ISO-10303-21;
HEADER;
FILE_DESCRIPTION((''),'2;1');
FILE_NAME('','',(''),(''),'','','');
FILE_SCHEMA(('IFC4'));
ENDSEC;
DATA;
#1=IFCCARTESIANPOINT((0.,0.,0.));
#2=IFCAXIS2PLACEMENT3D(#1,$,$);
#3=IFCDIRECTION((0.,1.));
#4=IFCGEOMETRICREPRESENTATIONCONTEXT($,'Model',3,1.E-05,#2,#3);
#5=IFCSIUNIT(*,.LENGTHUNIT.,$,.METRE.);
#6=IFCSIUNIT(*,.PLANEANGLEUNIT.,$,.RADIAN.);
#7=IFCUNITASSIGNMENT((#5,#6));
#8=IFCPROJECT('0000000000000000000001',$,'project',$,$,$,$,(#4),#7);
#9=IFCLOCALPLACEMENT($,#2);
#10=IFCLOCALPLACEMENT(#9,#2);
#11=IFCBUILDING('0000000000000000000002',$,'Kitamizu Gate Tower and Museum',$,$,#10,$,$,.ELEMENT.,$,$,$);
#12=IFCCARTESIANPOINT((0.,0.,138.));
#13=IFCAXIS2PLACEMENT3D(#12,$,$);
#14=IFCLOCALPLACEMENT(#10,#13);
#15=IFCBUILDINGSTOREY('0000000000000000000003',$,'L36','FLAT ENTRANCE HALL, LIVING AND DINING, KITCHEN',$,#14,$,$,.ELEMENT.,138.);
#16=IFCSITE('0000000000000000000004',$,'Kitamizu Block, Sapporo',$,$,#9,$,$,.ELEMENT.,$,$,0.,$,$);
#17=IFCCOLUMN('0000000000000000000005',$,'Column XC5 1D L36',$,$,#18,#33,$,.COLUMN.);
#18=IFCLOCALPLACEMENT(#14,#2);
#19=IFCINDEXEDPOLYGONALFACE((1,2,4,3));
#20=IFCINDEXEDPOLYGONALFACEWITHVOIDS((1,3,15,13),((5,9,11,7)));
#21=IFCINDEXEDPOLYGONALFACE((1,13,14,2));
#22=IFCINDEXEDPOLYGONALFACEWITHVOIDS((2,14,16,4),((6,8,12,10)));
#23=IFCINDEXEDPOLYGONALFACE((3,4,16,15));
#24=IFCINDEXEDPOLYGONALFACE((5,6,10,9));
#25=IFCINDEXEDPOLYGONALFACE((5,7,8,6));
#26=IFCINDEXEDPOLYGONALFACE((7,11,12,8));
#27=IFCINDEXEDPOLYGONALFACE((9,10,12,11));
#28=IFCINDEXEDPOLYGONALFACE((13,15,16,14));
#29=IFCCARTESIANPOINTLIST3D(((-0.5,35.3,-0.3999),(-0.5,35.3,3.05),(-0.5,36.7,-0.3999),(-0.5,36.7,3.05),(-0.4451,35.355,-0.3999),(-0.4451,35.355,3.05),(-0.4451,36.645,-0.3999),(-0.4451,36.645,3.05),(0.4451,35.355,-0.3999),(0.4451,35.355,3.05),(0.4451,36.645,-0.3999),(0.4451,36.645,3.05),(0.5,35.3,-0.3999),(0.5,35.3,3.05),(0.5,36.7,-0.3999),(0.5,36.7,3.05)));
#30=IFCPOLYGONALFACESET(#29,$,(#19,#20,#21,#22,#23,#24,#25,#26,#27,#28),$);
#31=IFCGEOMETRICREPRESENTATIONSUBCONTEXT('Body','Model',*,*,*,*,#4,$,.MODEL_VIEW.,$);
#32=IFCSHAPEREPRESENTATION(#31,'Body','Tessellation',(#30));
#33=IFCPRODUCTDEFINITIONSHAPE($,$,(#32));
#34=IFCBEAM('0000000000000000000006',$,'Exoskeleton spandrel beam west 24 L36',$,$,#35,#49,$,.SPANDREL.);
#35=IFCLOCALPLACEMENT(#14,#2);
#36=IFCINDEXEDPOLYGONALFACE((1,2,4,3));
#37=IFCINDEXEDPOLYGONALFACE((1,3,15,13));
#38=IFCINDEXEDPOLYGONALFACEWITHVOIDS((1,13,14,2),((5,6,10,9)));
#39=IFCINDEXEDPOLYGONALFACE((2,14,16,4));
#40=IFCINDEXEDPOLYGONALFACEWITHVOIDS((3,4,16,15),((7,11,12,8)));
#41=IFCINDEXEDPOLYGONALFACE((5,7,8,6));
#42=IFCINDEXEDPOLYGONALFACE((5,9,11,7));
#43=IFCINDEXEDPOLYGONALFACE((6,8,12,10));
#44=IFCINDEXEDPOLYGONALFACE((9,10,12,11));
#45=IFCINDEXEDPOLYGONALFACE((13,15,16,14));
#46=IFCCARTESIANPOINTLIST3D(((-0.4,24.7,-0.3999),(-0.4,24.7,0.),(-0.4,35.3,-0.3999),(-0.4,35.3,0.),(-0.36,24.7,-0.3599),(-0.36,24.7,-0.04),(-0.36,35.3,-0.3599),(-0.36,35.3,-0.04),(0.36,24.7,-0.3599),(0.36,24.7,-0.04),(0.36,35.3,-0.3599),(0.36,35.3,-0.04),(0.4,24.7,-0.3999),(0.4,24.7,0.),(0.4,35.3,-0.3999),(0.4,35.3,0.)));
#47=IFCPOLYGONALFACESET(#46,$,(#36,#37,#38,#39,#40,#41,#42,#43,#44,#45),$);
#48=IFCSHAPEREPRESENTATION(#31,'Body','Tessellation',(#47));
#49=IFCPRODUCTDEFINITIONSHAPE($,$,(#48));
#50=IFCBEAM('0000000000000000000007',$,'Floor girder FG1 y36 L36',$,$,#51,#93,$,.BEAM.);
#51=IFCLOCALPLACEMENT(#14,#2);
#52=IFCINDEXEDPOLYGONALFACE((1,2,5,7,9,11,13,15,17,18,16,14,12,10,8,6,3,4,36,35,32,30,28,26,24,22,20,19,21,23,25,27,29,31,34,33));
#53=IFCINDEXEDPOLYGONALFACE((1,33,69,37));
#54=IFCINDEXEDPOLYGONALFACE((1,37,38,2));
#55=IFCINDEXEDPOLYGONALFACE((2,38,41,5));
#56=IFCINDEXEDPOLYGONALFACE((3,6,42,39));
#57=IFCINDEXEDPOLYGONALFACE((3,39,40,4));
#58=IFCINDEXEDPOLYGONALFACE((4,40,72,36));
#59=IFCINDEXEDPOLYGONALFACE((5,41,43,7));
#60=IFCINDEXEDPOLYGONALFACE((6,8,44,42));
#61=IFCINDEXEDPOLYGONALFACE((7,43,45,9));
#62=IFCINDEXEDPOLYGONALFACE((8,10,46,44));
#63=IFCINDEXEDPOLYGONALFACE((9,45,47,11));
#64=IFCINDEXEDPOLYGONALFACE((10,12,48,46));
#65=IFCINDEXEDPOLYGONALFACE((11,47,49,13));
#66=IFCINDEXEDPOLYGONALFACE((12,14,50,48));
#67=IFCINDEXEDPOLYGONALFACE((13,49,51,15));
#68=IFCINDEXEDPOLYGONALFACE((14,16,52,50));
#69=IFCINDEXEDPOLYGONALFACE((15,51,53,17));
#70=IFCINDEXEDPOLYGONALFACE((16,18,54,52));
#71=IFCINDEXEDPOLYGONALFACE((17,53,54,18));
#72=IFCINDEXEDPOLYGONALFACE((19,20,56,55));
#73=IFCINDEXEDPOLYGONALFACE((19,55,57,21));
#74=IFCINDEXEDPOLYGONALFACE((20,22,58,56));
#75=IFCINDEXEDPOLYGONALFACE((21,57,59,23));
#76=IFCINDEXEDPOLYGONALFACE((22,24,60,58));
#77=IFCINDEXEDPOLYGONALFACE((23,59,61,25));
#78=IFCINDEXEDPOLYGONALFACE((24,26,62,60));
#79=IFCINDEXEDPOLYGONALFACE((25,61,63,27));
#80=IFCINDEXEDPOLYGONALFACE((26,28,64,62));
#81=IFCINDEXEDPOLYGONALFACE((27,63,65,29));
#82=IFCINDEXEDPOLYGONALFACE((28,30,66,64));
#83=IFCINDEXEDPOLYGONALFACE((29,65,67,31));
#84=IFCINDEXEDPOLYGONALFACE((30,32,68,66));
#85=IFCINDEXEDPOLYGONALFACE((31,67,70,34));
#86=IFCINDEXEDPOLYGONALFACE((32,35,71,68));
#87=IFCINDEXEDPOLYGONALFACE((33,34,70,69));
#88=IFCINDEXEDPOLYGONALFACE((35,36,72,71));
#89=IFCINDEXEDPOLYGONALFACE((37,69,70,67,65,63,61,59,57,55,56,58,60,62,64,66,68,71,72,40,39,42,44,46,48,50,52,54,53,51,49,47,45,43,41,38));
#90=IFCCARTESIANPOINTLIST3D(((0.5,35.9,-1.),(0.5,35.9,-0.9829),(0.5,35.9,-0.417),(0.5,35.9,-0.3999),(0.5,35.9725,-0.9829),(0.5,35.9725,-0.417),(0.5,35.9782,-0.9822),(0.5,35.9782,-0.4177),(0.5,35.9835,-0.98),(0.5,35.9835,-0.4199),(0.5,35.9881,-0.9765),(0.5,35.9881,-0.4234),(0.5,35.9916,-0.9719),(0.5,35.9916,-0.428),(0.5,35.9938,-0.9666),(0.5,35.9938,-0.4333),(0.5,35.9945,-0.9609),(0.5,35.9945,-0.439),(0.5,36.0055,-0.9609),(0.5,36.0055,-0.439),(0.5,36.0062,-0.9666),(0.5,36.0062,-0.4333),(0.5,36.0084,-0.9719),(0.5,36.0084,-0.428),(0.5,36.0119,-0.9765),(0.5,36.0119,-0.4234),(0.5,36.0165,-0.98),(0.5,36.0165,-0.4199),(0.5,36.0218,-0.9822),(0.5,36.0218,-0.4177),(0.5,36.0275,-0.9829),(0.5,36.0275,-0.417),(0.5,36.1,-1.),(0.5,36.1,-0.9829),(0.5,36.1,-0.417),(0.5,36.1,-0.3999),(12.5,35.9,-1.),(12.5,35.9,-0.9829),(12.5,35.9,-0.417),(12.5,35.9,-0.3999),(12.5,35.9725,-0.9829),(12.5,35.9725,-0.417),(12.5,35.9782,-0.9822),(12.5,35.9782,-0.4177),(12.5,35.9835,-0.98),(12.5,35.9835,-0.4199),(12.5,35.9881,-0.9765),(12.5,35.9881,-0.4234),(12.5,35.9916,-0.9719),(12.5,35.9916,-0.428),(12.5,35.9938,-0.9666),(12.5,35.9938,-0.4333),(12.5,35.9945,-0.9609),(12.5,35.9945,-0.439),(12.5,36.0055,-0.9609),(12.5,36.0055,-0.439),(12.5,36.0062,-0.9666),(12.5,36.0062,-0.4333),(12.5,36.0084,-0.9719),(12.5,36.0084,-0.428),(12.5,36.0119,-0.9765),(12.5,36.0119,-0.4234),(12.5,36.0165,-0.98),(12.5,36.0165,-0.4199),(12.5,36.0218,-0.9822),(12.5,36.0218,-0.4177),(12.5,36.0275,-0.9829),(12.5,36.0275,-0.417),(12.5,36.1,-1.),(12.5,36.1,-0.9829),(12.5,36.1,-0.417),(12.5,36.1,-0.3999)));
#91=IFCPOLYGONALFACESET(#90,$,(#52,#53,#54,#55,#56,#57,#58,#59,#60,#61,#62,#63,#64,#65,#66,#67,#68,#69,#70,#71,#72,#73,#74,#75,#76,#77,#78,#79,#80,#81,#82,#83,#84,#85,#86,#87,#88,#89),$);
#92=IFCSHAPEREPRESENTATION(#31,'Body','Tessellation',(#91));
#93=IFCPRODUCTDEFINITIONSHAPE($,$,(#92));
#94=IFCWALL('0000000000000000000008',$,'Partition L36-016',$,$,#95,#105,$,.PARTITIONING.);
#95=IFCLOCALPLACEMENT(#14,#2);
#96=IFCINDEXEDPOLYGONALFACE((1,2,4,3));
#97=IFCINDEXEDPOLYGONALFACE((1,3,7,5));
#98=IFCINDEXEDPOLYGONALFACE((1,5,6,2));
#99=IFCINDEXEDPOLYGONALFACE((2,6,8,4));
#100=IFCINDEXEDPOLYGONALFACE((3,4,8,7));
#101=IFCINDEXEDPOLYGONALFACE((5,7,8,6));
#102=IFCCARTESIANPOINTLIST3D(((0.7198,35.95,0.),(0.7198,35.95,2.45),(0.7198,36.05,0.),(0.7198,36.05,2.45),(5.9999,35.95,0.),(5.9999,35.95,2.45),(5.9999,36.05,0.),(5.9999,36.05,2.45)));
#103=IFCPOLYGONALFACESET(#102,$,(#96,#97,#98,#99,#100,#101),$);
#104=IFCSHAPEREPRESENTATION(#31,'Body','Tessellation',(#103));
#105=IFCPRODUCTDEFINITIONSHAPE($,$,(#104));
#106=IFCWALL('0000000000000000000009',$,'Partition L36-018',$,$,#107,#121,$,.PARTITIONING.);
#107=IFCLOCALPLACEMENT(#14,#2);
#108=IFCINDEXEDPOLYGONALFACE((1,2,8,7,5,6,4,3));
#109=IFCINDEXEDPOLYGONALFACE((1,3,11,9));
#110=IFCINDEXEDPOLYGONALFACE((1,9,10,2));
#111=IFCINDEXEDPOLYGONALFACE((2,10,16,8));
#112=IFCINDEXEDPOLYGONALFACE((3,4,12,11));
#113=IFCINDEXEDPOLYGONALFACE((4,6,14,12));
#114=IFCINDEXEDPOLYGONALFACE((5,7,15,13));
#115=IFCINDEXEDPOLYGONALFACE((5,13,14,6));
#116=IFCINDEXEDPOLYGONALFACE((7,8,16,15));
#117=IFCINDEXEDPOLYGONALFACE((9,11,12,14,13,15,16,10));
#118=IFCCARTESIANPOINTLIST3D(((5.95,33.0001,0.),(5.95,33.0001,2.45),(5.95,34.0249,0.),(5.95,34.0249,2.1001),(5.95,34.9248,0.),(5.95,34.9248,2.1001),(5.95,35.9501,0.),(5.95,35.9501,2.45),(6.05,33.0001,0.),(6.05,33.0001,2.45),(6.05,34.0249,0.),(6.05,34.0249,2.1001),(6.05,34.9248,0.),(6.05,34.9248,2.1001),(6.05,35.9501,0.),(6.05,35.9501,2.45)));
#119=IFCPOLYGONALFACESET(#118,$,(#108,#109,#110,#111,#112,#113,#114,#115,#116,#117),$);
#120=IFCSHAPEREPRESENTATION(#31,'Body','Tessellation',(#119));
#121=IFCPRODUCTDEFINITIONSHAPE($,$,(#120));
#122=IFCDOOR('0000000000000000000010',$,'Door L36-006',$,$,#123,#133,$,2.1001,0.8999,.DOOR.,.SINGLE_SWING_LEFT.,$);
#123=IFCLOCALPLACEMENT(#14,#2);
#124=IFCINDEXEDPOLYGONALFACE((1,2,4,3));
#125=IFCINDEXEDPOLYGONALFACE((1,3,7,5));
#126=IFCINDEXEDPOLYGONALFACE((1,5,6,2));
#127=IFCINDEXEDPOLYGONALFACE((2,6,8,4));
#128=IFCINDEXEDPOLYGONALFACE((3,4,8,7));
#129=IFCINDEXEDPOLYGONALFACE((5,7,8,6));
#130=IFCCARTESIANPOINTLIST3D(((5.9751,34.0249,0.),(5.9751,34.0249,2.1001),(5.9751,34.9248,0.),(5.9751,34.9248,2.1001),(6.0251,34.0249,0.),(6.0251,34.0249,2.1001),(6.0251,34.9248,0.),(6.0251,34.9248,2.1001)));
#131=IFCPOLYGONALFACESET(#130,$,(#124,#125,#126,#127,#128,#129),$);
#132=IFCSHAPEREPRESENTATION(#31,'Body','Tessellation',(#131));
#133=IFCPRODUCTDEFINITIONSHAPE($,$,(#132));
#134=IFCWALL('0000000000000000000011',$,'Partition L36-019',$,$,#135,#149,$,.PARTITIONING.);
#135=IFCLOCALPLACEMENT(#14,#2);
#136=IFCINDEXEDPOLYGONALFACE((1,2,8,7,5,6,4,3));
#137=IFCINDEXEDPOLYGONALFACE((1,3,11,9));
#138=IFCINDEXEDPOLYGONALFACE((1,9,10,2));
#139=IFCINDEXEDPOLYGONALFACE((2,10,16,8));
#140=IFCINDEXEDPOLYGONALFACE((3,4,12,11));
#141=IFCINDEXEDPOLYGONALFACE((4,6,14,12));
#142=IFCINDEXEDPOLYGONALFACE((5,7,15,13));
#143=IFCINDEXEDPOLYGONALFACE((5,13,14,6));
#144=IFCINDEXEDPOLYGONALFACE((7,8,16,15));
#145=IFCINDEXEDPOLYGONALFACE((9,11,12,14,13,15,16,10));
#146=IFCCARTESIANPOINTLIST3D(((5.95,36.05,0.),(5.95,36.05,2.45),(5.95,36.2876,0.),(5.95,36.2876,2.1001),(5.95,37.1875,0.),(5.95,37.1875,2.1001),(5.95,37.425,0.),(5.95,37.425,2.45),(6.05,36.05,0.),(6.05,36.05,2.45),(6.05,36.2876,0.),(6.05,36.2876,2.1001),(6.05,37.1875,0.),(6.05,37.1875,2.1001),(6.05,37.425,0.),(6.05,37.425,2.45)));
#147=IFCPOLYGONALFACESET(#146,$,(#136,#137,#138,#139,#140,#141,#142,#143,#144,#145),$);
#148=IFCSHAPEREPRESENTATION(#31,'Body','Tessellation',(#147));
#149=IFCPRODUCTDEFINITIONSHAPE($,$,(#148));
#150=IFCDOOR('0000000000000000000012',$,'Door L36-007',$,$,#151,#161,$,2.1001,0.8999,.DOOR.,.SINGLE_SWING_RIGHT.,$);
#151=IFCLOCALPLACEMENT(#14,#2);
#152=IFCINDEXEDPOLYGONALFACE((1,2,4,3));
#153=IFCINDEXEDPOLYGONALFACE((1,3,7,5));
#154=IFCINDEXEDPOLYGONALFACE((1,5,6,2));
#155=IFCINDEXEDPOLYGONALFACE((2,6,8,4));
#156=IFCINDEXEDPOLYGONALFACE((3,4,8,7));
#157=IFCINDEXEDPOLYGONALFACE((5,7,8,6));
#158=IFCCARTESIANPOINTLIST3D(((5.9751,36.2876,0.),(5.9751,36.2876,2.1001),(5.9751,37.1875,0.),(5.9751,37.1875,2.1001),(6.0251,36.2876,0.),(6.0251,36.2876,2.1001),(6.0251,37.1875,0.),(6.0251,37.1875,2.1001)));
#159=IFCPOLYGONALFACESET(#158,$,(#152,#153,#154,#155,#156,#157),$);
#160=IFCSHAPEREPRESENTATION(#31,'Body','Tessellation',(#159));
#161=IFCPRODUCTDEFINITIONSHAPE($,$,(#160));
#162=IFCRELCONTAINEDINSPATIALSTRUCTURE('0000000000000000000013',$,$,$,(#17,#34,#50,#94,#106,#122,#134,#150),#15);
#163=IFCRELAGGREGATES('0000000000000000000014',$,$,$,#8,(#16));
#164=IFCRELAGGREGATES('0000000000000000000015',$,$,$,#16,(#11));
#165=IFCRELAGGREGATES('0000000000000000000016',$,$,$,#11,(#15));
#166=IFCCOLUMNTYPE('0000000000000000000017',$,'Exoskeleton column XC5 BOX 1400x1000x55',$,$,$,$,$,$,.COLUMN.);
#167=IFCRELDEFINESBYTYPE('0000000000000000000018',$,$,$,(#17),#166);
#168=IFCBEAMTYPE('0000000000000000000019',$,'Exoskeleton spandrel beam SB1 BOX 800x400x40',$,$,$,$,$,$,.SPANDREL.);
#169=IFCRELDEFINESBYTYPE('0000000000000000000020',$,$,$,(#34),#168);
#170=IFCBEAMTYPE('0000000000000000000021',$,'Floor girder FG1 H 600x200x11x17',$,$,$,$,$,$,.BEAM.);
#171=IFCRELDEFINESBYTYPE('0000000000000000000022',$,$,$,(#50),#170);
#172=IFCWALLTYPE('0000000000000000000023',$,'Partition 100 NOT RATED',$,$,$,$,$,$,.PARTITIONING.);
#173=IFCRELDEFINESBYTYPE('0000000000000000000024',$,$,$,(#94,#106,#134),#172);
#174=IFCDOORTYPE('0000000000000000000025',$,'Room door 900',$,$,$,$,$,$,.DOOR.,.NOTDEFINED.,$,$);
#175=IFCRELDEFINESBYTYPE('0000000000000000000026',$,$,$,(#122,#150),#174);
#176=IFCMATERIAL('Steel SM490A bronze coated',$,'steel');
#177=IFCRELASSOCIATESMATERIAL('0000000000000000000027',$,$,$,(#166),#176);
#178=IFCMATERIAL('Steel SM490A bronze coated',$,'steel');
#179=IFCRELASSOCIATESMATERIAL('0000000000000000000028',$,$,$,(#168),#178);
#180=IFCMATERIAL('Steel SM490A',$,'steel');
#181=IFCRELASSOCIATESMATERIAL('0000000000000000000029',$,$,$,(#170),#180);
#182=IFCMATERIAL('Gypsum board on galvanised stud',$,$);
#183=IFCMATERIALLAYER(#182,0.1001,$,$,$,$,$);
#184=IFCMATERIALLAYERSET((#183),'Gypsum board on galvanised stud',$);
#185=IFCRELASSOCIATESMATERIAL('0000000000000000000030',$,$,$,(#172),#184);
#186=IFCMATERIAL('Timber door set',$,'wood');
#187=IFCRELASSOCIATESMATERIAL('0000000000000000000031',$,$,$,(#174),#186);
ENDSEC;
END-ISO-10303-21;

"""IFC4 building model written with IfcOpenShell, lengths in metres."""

from ifc_helpers import new_model, si_unit, direction, frame, frame_2d, origin, origin_2d, place, context, subcontext, project, spatial, rectangle, hollow_rectangle, i_section, extrude, material, layer, layer_set, material_profile, profile_set, type_object, element, fill, save


model = new_model("IFC4")

# Units and contexts
model_context = context("Model", 3, precision=1e-05, world=origin(), true_north=direction((0.0, 1.0)))
body_context = subcontext(model_context, "Body", "Model", "MODEL_VIEW")
ifc_project = project(units=[si_unit("LENGTHUNIT", "METRE"), si_unit("PLANEANGLEUNIT", "RADIAN")], contexts=[model_context])

# Site, building, storey
site_placement = place(None, origin())
site = spatial("IfcSite", under=ifc_project, at=site_placement, Name="Kitamizu Block, Sapporo", CompositionType="ELEMENT", RefElevation=0.0)
building_placement = place(site_placement, origin())
building = spatial("IfcBuilding", under=site, at=building_placement, Name="Kitamizu Gate Tower and Museum", CompositionType="ELEMENT")
storey_placement = place(building_placement, frame((0.0, 0.0, 138.0)))
storey = spatial("IfcBuildingStorey", under=building, at=storey_placement, Name="L36", Description="FLAT ENTRANCE HALL, LIVING AND DINING, KITCHEN", CompositionType="ELEMENT", Elevation=138.0)

# Column
ifc_material_1 = material(Name="Steel SM490A bronze coated", Category="steel")
ifc_material_profile_1 = material_profile(ifc_material_1, hollow_rectangle(XDim=1.3999, YDim=1.0, WallThickness=0.0549, at=origin_2d()), Name="BOX 1400x1000x55")
ifc_profile_set_1 = profile_set([ifc_material_profile_1], Name="Steel SM490A bronze coated")
column_type = type_object("IfcColumnType", Name="Exoskeleton column XC5 BOX 1400x1000x55", PredefinedType="COLUMN", material=ifc_profile_set_1)
column_placement = place(storey_placement, frame((0.0, 36.0, -0.3999), z_axis=(0.0, 0.0, 1.0), x_axis=(0.0, 1.0, 0.0)))
element("IfcColumn", 1, at=column_placement, inside=storey, type_object=column_type, Name="Column XC5 1D L36", PredefinedType="COLUMN", context=body_context, shape_type="SweptSolid", body=[
    extrude(hollow_rectangle(XDim=1.3999, YDim=1.0, WallThickness=0.0549, at=origin_2d()), origin(), (0.0, 0.0, 1.0), 3.45),
])

# Beams
ifc_material_2 = material(Name="Steel SM490A bronze coated", Category="steel")
ifc_material_profile_2 = material_profile(ifc_material_2, hollow_rectangle(XDim=0.8, YDim=0.3999, WallThickness=0.04, at=origin_2d()), Name="BOX 800x400x40")
ifc_profile_set_2 = profile_set([ifc_material_profile_2], Name="Steel SM490A bronze coated")
beam_type_1 = type_object("IfcBeamType", Name="Exoskeleton spandrel beam SB1 BOX 800x400x40", PredefinedType="SPANDREL", material=ifc_profile_set_2)
beam_1_placement = place(storey_placement, frame((0.0, 24.7, -0.2), z_axis=(0.0, 1.0, 0.0), x_axis=(-1.0, 0.0, 0.0)))
element("IfcBeam", 2, at=beam_1_placement, inside=storey, type_object=beam_type_1, Name="Exoskeleton spandrel beam west 24 L36", PredefinedType="SPANDREL", context=body_context, shape_type="SweptSolid", body=[
    extrude(hollow_rectangle(XDim=0.8, YDim=0.3999, WallThickness=0.04, at=origin_2d()), origin(), (0.0, 0.0, 1.0), 10.6001),
])
ifc_material_3 = material(Name="Steel SM490A", Category="steel")
ifc_material_profile_3 = material_profile(ifc_material_3, i_section(OverallWidth=0.2, OverallDepth=0.6001, WebThickness=0.011, FlangeThickness=0.0171, FilletRadius=0.022, at=origin_2d()), Name="H-600x200x11x17")
ifc_profile_set_3 = profile_set([ifc_material_profile_3], Name="Steel SM490A")
beam_type_2 = type_object("IfcBeamType", Name="Floor girder FG1 H 600x200x11x17", PredefinedType="BEAM", material=ifc_profile_set_3)
beam_2_placement = place(storey_placement, frame((0.5, 36.0, -0.7), z_axis=(1.0, 0.0, 0.0), x_axis=(0.0, 1.0, 0.0)))
element("IfcBeam", 3, at=beam_2_placement, inside=storey, type_object=beam_type_2, Name="Floor girder FG1 y36 L36", PredefinedType="BEAM", context=body_context, shape_type="SweptSolid", body=[
    extrude(i_section(OverallWidth=0.2, OverallDepth=0.6001, WebThickness=0.011, FlangeThickness=0.0171, FilletRadius=0.022, at=origin_2d()), origin(), (0.0, 0.0, 1.0), 12.0),
])

# Wall
ifc_material_4 = material(Name="Gypsum board on galvanised stud")
ifc_layer_1 = layer(ifc_material_4, 0.1001)
ifc_layer_set_1 = layer_set([ifc_layer_1], Name="Gypsum board on galvanised stud")
wall_type_1 = type_object("IfcWallType", Name="Partition 100 NOT RATED", PredefinedType="PARTITIONING", material=ifc_layer_set_1)
wall_1_placement = place(storey_placement, frame((6.0, 36.0, 0.0), z_axis=(0.0, 0.0, 1.0), x_axis=(-1.0, 0.0, 0.0)))
element("IfcWall", 4, at=wall_1_placement, inside=storey, type_object=wall_type_1, Name="Partition L36-016", PredefinedType="PARTITIONING", context=body_context, shape_type="SweptSolid", body=[
    extrude(rectangle(XDim=5.28, YDim=0.1001, at=frame_2d((2.6401, 0.0))), origin(), (0.0, 0.0, 1.0), 2.45),
])

# Walls, openings, doors
wall_2_placement = place(storey_placement, frame((6.0, 33.0, 0.0), z_axis=(0.0, 0.0, 1.0), x_axis=(0.0, 1.0, 0.0)))
wall_2 = element("IfcWall", 5, at=wall_2_placement, inside=storey, type_object=wall_type_1, Name="Partition L36-018", PredefinedType="PARTITIONING", context=body_context, shape_type="SweptSolid", body=[
    extrude(rectangle(XDim=2.95, YDim=0.1001, at=frame_2d((1.4751, 0.0))), origin(), (0.0, 0.0, 1.0), 2.45),
])
opening_1_placement = place(wall_2_placement, frame((1.0249, 0.0, 0.0)))
opening_1 = element("IfcOpeningElement", 6, at=opening_1_placement, cuts=wall_2, PredefinedType="OPENING", context=body_context, shape_type="SweptSolid", body=[
    extrude(rectangle(XDim=0.8999, YDim=2.1001, at=frame_2d((0.45, 1.05))), frame((0.0, 0.0601, 0.0), z_axis=(0.0, -1.0, 0.0), x_axis=(1.0, 0.0, 0.0)), (0.0, 0.0, 1.0), 0.1201),
])
ifc_material_5 = material(Name="Timber door set", Category="wood")
door_type_1 = type_object("IfcDoorType", Name="Room door 900", OperationType="NOTDEFINED", PredefinedType="DOOR", material=ifc_material_5)
door_1_placement = place(opening_1_placement, origin())
door_1 = element("IfcDoor", 7, at=door_1_placement, inside=storey, type_object=door_type_1, Name="Door L36-006", OperationType="SINGLE_SWING_LEFT", OverallHeight=2.1001, OverallWidth=0.8999, PredefinedType="DOOR", context=body_context, shape_type="SweptSolid", body=[
    extrude(rectangle(XDim=0.8999, YDim=2.1001, at=frame_2d((0.45, 1.05))), frame((0.0, 0.0249, 0.0), z_axis=(0.0, -1.0, 0.0), x_axis=(1.0, 0.0, 0.0)), (0.0, 0.0, 1.0), 0.05),
])
fill(opening_1, door_1)
wall_3_placement = place(storey_placement, frame((6.0, 36.05, 0.0), z_axis=(0.0, 0.0, 1.0), x_axis=(0.0, 1.0, 0.0)))
wall_3 = element("IfcWall", 8, at=wall_3_placement, inside=storey, type_object=wall_type_1, Name="Partition L36-019", PredefinedType="PARTITIONING", context=body_context, shape_type="SweptSolid", body=[
    extrude(rectangle(XDim=1.375, YDim=0.1001, at=frame_2d((0.6875, 0.0))), origin(), (0.0, 0.0, 1.0), 2.45),
])
opening_2_placement = place(wall_3_placement, frame((0.2375, 0.0, 0.0)))
opening_2 = element("IfcOpeningElement", 9, at=opening_2_placement, cuts=wall_3, PredefinedType="OPENING", context=body_context, shape_type="SweptSolid", body=[
    extrude(rectangle(XDim=0.8999, YDim=2.1001, at=frame_2d((0.45, 1.05))), frame((0.0, 0.0601, 0.0), z_axis=(0.0, -1.0, 0.0), x_axis=(1.0, 0.0, 0.0)), (0.0, 0.0, 1.0), 0.1201),
])
door_2_placement = place(opening_2_placement, origin())
door_2 = element("IfcDoor", 10, at=door_2_placement, inside=storey, type_object=door_type_1, Name="Door L36-007", OperationType="SINGLE_SWING_RIGHT", OverallHeight=2.1001, OverallWidth=0.8999, PredefinedType="DOOR", context=body_context, shape_type="SweptSolid", body=[
    extrude(rectangle(XDim=0.8999, YDim=2.1001, at=frame_2d((0.45, 1.05))), frame((0.0, 0.0249, 0.0), z_axis=(0.0, -1.0, 0.0), x_axis=(1.0, 0.0, 0.0)), (0.0, 0.0, 1.0), 0.05),
])
fill(opening_2, door_2)

save(model, "model.ifc")
